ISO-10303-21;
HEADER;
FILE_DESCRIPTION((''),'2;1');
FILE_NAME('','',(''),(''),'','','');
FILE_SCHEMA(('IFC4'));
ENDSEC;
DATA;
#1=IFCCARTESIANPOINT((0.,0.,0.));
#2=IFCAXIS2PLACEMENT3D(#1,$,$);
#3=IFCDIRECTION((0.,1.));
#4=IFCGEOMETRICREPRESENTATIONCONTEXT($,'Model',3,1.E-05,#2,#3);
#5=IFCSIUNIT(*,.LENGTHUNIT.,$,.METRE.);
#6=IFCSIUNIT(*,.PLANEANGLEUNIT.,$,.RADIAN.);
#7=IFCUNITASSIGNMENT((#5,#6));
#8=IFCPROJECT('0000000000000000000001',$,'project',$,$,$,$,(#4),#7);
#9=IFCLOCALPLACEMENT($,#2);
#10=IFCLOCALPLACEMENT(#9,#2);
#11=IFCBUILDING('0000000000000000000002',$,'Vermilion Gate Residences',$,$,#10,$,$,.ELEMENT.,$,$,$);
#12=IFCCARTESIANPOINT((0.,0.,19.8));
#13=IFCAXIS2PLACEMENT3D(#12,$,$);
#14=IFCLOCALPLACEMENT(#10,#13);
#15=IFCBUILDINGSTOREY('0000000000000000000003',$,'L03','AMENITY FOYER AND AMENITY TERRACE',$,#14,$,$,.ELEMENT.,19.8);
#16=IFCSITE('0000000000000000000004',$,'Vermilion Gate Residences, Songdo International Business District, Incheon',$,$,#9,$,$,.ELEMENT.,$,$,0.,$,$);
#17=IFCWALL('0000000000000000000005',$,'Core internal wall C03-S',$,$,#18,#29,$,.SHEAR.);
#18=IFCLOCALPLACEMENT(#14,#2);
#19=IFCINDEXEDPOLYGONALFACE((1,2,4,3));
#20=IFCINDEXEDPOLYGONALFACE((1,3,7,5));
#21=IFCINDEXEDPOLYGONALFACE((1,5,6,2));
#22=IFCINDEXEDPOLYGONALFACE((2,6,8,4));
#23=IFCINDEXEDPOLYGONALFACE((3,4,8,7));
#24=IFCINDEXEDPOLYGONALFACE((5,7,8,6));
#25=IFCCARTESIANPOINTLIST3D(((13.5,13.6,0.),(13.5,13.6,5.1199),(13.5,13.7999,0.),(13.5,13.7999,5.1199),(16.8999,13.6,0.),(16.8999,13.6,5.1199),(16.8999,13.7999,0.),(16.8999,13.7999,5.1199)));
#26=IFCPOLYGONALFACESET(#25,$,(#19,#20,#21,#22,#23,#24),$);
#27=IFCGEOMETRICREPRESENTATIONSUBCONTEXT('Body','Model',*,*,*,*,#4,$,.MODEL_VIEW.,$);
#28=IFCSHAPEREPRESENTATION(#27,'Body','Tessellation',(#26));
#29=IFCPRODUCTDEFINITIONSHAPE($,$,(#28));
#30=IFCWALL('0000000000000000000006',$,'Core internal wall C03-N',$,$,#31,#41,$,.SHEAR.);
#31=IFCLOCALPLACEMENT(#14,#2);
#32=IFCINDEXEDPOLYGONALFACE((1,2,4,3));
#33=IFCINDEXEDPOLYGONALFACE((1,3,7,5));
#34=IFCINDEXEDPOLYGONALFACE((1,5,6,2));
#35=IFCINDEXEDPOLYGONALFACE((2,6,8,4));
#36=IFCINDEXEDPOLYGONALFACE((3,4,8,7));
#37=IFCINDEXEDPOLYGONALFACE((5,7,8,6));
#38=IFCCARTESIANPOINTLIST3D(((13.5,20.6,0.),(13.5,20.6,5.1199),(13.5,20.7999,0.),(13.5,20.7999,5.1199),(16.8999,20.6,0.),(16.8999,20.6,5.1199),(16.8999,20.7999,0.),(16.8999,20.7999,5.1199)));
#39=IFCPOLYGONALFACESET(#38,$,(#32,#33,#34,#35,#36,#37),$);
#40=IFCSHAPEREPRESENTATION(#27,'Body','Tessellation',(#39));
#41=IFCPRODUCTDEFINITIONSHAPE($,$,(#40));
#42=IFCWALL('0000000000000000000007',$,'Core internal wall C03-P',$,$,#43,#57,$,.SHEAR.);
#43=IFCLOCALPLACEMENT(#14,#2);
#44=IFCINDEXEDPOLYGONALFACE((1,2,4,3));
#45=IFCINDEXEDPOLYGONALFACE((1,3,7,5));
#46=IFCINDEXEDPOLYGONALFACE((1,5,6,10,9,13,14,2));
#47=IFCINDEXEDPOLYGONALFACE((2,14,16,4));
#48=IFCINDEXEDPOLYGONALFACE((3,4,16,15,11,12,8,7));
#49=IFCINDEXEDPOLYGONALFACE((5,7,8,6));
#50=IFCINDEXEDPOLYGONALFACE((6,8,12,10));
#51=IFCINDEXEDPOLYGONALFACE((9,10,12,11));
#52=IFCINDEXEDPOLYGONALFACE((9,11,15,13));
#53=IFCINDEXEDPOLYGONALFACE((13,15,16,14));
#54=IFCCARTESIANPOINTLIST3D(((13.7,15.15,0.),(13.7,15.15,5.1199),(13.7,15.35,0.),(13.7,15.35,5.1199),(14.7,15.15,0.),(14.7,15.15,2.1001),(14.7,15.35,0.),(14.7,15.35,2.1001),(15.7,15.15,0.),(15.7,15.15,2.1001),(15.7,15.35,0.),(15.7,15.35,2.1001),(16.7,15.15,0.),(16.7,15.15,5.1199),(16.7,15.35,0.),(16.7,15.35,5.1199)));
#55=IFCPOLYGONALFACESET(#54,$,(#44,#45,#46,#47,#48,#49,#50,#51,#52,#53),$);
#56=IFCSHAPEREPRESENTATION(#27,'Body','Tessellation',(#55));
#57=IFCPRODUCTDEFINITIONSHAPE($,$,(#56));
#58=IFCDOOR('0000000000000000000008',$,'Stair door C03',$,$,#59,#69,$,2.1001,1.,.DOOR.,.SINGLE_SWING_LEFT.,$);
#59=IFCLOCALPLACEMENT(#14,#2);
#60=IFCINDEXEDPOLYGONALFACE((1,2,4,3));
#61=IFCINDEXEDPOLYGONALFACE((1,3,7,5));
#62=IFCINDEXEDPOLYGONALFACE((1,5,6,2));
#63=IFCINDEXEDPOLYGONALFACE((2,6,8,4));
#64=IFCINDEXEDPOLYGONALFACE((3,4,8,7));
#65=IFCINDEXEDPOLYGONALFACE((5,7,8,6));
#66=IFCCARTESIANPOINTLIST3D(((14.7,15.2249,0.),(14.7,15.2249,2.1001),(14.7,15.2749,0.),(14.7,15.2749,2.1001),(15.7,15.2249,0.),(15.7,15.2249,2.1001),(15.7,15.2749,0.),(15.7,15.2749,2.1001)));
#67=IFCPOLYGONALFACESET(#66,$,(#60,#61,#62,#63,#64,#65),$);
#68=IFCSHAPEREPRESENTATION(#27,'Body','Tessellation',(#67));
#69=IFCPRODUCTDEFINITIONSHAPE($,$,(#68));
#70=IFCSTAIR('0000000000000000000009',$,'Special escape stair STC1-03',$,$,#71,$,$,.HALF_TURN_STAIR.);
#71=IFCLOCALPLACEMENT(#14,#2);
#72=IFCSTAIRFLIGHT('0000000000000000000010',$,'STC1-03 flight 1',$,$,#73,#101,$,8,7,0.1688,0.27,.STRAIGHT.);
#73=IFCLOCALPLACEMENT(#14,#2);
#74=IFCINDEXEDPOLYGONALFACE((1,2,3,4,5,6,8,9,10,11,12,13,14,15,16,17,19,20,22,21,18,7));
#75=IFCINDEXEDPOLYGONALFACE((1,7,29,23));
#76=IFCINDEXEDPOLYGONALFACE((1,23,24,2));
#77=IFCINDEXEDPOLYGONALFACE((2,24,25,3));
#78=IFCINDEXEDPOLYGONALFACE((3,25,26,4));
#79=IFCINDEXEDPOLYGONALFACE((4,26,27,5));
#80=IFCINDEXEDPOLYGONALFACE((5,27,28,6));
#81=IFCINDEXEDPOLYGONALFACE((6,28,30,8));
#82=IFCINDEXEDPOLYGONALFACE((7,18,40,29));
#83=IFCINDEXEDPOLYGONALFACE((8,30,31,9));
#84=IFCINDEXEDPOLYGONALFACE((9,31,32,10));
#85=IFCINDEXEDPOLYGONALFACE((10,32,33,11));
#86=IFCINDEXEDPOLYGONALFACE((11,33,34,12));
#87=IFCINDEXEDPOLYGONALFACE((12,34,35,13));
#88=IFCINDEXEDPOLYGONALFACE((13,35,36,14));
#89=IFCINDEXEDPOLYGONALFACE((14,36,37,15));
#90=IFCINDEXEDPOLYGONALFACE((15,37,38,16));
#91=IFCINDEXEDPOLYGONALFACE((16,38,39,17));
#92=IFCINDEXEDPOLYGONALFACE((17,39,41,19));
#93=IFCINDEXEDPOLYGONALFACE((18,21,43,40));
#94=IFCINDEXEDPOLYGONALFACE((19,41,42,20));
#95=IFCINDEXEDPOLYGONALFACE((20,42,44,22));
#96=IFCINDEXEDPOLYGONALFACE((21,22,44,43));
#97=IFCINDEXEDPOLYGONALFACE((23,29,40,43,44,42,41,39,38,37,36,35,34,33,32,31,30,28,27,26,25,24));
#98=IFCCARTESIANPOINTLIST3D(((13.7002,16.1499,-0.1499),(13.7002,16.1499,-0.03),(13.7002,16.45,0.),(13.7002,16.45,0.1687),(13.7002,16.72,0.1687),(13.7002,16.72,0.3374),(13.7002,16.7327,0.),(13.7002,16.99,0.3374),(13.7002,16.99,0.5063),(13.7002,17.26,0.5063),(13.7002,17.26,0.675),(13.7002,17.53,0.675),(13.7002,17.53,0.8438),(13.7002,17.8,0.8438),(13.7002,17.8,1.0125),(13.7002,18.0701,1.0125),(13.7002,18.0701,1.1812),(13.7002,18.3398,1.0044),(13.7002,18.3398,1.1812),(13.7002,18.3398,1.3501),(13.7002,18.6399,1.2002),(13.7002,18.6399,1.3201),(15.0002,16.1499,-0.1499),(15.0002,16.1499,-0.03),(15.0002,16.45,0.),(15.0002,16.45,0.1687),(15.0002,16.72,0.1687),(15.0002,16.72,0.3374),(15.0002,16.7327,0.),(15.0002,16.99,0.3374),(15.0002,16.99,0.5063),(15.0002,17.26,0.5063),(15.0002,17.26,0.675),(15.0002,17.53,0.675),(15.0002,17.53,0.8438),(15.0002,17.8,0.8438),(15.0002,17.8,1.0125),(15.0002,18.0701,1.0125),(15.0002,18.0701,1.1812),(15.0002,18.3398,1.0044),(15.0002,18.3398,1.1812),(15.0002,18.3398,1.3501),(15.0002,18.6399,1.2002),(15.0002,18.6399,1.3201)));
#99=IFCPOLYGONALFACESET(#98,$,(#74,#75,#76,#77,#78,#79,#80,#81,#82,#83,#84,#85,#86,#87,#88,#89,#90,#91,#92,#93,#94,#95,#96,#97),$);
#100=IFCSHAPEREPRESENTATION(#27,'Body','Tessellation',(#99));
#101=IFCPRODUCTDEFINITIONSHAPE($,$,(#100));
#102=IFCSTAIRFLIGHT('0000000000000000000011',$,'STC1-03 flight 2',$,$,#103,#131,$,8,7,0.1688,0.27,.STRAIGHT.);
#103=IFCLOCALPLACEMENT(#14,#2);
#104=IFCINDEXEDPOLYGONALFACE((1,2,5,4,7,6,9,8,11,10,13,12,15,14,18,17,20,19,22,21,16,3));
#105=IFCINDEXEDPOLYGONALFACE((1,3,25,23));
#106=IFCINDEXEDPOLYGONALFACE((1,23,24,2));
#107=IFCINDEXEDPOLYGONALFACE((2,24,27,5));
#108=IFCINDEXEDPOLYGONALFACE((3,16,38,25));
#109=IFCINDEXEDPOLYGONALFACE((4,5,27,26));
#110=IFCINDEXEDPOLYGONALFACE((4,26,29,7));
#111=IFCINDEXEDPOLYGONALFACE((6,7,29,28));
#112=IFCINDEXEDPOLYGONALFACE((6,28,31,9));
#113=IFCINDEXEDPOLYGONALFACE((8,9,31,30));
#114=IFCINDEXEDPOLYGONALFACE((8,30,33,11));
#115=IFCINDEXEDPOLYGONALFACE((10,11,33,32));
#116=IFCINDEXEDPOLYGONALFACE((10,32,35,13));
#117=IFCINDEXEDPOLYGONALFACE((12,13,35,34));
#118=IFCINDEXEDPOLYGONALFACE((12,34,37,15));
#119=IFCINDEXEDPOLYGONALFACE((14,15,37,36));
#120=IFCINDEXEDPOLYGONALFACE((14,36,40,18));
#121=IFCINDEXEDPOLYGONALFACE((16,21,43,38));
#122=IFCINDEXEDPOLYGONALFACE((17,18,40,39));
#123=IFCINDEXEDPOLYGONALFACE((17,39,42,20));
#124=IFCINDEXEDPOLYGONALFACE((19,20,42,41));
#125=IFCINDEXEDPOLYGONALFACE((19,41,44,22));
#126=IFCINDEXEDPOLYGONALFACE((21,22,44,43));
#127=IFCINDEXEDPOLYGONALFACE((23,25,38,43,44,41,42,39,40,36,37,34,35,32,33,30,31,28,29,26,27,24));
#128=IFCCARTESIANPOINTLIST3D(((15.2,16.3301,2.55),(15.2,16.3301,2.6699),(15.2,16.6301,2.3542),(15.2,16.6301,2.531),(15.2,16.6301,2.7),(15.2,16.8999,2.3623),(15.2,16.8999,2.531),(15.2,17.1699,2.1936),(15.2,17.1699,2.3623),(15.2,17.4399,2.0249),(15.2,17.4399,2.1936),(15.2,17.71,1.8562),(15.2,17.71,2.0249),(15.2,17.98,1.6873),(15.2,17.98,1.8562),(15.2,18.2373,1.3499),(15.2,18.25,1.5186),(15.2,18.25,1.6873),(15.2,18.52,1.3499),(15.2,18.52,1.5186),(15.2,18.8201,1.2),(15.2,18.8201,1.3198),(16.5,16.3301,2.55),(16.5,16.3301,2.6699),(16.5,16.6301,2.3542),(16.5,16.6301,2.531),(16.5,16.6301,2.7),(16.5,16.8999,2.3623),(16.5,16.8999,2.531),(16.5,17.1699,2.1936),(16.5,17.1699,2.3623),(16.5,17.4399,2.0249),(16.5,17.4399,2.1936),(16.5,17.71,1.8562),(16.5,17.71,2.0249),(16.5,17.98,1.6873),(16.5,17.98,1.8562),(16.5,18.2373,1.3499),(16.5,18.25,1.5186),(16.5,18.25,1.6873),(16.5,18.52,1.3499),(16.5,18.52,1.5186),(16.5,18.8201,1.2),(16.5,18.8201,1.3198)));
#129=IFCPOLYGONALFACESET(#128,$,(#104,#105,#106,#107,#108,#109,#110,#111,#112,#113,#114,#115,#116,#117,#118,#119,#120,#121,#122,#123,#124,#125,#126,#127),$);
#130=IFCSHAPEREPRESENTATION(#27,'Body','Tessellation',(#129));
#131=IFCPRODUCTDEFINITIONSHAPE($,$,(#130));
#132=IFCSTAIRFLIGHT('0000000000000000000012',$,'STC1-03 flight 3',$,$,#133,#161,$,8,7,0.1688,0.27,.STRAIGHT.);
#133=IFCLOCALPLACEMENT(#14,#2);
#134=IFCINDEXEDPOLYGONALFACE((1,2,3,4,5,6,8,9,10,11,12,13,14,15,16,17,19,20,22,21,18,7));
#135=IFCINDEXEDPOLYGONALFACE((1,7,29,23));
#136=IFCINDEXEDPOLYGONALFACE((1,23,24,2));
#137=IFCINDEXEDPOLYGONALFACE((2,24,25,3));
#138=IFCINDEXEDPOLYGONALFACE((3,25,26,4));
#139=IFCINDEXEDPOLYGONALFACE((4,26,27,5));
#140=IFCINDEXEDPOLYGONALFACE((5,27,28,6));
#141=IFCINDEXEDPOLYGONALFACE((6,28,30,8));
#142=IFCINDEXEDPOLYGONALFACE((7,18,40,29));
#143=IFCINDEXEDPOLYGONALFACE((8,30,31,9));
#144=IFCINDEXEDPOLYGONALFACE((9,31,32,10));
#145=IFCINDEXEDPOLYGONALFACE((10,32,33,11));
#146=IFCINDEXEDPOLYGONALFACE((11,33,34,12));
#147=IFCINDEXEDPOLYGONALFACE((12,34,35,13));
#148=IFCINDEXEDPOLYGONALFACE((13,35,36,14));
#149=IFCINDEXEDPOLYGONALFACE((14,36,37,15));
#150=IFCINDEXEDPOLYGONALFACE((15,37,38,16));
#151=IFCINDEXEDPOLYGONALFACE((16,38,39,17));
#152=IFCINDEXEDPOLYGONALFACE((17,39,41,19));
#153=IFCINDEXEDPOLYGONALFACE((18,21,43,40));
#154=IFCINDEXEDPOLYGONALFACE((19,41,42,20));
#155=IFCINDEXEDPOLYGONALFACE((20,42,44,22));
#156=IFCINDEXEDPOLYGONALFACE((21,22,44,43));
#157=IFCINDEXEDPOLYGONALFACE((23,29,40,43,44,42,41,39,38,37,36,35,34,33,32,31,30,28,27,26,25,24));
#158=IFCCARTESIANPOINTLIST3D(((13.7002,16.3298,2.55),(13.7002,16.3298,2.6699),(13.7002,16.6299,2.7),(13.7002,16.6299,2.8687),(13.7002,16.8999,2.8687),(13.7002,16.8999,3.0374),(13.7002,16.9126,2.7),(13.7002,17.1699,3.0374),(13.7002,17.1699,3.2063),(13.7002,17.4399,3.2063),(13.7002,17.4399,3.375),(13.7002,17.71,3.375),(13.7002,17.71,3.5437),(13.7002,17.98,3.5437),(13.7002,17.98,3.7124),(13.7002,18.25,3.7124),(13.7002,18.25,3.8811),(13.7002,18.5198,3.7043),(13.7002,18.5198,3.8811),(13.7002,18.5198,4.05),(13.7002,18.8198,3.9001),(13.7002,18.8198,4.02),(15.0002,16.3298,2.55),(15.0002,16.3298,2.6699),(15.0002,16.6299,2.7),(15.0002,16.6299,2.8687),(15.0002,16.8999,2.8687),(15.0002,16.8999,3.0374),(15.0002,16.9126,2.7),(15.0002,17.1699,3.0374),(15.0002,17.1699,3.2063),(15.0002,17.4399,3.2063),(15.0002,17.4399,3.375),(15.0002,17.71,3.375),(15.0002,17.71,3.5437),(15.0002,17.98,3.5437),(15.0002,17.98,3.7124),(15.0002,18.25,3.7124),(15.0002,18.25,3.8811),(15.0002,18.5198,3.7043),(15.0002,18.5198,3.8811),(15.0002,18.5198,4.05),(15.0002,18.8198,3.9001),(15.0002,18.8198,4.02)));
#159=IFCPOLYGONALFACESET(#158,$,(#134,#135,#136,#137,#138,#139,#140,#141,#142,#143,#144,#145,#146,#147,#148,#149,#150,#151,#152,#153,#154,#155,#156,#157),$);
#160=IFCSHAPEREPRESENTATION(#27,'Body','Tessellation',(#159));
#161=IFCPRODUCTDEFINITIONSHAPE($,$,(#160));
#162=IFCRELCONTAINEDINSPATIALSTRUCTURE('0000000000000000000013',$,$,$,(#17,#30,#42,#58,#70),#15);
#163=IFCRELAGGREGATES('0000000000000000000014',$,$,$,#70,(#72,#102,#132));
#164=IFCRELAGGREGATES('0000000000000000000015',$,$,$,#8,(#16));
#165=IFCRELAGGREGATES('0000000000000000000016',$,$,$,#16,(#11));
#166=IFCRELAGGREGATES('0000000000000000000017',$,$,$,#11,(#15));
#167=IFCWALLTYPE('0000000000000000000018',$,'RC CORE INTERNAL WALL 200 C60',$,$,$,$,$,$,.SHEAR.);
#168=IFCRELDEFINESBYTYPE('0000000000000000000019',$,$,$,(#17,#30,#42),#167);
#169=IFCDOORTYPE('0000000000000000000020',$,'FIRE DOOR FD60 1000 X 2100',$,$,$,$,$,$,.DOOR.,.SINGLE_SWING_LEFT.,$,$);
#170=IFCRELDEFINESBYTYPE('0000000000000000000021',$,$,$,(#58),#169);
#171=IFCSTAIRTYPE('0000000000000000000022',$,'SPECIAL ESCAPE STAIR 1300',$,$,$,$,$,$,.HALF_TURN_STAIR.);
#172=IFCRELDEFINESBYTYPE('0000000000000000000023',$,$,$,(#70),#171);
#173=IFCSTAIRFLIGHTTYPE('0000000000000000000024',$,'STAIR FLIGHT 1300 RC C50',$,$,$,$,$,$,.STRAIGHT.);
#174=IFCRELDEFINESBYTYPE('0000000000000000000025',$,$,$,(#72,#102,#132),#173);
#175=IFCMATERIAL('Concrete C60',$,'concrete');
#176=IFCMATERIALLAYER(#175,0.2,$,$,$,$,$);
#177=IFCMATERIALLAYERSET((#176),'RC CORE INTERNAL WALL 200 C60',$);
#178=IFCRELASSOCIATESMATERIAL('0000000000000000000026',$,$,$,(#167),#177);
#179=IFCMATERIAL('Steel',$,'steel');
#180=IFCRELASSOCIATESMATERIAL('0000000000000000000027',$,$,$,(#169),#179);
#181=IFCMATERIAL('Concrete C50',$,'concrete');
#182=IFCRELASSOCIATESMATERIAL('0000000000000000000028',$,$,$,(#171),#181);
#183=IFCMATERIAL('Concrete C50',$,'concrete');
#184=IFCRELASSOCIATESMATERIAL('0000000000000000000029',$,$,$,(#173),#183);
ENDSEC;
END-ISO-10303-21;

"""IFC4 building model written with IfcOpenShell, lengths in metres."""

from ifc_helpers import new_model, si_unit, direction, frame, frame_2d, origin, place, context, subcontext, project, spatial, polyline, rectangle, outline, extrude, material, layer, layer_set, type_object, element, fill, aggregate, save


model = new_model("IFC4")

# Units and contexts
model_context = context("Model", 3, precision=1e-05, world=origin(), true_north=direction((0.0, 1.0)))
body_context = subcontext(model_context, "Body", "Model", "MODEL_VIEW")
ifc_project = project(units=[si_unit("LENGTHUNIT", "METRE"), si_unit("PLANEANGLEUNIT", "RADIAN")], contexts=[model_context])

# Site, building, storey
site_placement = place(None, origin())
site = spatial("IfcSite", under=ifc_project, at=site_placement, Name="Vermilion Gate Residences, Songdo International Business District, Incheon", CompositionType="ELEMENT", RefElevation=0.0)
building_placement = place(site_placement, origin())
building = spatial("IfcBuilding", under=site, at=building_placement, Name="Vermilion Gate Residences", CompositionType="ELEMENT")
storey_placement = place(building_placement, frame((0.0, 0.0, 19.8)))
storey = spatial("IfcBuildingStorey", under=building, at=storey_placement, Name="L03", Description="AMENITY FOYER AND AMENITY TERRACE", CompositionType="ELEMENT", Elevation=19.8)

# Shared definitions
ifc_material_1 = material(Name="Concrete C60", Category="concrete")
ifc_layer_1 = layer(ifc_material_1, 0.2)
ifc_layer_set_1 = layer_set([ifc_layer_1], Name="RC CORE INTERNAL WALL 200 C60")
wall_type_1 = type_object("IfcWallType", Name="RC CORE INTERNAL WALL 200 C60", PredefinedType="SHEAR", material=ifc_layer_set_1)
ifc_material_2 = material(Name="Steel", Category="steel")
door_type_1 = type_object("IfcDoorType", Name="FIRE DOOR FD60 1000 X 2100", OperationType="SINGLE_SWING_LEFT", PredefinedType="DOOR", material=ifc_material_2)

# Walls
for number, where, z_axis, x_axis, name in (
    (1, (13.5, 13.7, 0.0), (0.0, 0.0, 1.0), (1.0, 0.0, 0.0), "Core internal wall C03-S"),
    (2, (13.5, 20.7, 0.0), (0.0, 0.0, 1.0), (1.0, 0.0, 0.0), "Core internal wall C03-N"),
):
    element("IfcWall", number, at=place(storey_placement, frame(where, z_axis=z_axis, x_axis=x_axis)), inside=storey, type_object=wall_type_1, Name=name, PredefinedType="SHEAR", context=body_context, shape_type="SweptSolid", body=[
        extrude(rectangle(XDim=3.3999, YDim=0.2, at=frame_2d((1.7, 0.0))), origin(), (0.0, 0.0, 1.0), 5.1199),
    ])

# Wall, opening, door
wall_1_placement = place(storey_placement, frame((13.7, 15.25, 0.0), z_axis=(0.0, 0.0, 1.0), x_axis=(1.0, 0.0, 0.0)))
wall_1 = element("IfcWall", 3, at=wall_1_placement, inside=storey, type_object=wall_type_1, Name="Core internal wall C03-P", PredefinedType="SHEAR", context=body_context, shape_type="SweptSolid", body=[
    extrude(rectangle(XDim=3.0, YDim=0.2, at=frame_2d((1.5, 0.0))), origin(), (0.0, 0.0, 1.0), 5.1199),
])
opening_1_placement = place(wall_1_placement, frame((1.0, 0.0, 0.0)))
opening_1 = element("IfcOpeningElement", 4, at=opening_1_placement, cuts=wall_1, PredefinedType="OPENING", context=body_context, shape_type="SweptSolid", body=[
    extrude(rectangle(XDim=1.0, YDim=2.1001, at=frame_2d((0.5, 1.05))), frame((0.0, 0.1099, 0.0), z_axis=(0.0, -1.0, 0.0), x_axis=(1.0, 0.0, 0.0)), (0.0, 0.0, 1.0), 0.22),
])
door_1_placement = place(opening_1_placement, origin())
door_1 = element("IfcDoor", 5, at=door_1_placement, inside=storey, type_object=door_type_1, Name="Stair door C03", OperationType="SINGLE_SWING_LEFT", OverallHeight=2.1001, OverallWidth=1.0, PredefinedType="DOOR", context=body_context, shape_type="SweptSolid", body=[
    extrude(rectangle(XDim=1.0, YDim=2.1001, at=frame_2d((0.5, 1.05))), frame((0.0, 0.0249, 0.0), z_axis=(0.0, -1.0, 0.0), x_axis=(1.0, 0.0, 0.0)), (0.0, 0.0, 1.0), 0.05),
])
fill(opening_1, door_1)

# Stair, stair flights
ifc_material_3 = material(Name="Concrete C50", Category="concrete")
stair_type = type_object("IfcStairType", Name="SPECIAL ESCAPE STAIR 1300", PredefinedType="HALF_TURN_STAIR", material=ifc_material_3)
stair_placement = place(storey_placement, origin())
stair = element("IfcStair", 6, at=stair_placement, inside=storey, type_object=stair_type, Name="Special escape stair STC1-03", PredefinedType="HALF_TURN_STAIR")
ifc_material_4 = material(Name="Concrete C50", Category="concrete")
stair_flight_type = type_object("IfcStairFlightType", Name="STAIR FLIGHT 1300 RC C50", PredefinedType="STRAIGHT", material=ifc_material_4)
stair_flight_1_placement = place(storey_placement, frame((14.3501, 16.45, 0.0), z_axis=(0.0, 0.0, 1.0), x_axis=(0.0, 1.0, 0.0)))
stair_flight_1 = element("IfcStairFlight", 7, at=stair_flight_1_placement, type_object=stair_flight_type, Name="STC1-03 flight 1", NumberOfRisers=8, NumberOfTreads=7, PredefinedType="STRAIGHT", RiserHeight=0.1688, TreadLength=0.27, context=body_context, shape_type="SweptSolid", body=[
    extrude(outline(polyline([(-0.3, -0.1499), (-0.3, -0.03), (0.0, 0.0), (0.0, 0.1687), (0.27, 0.1687), (0.27, 0.3374), (0.54, 0.3374), (0.54, 0.5063), (0.8101, 0.5063), (0.8101, 0.675), (1.0801, 0.675), (1.0801, 0.8438), (1.3501, 0.8438), (1.3501, 1.0125), (1.6201, 1.0125), (1.6201, 1.1812), (1.8899, 1.1812), (1.8899, 1.3501), (2.1899, 1.3201), (2.1899, 1.2002), (1.8899, 1.0044), (0.2827, 0.0), (-0.3, -0.1499)])), frame((0.0, 0.6499, 0.0), z_axis=(0.0, -1.0, 0.0), x_axis=(1.0, 0.0, 0.0)), (0.0, 0.0, 1.0), 1.3),
])
stair_flight_2_placement = place(storey_placement, frame((15.8501, 18.52, 1.3499), z_axis=(0.0, 0.0, 1.0), x_axis=(0.0, -1.0, 0.0)))
stair_flight_2 = element("IfcStairFlight", 8, at=stair_flight_2_placement, type_object=stair_flight_type, Name="STC1-03 flight 2", NumberOfRisers=8, NumberOfTreads=7, PredefinedType="STRAIGHT", RiserHeight=0.1688, TreadLength=0.27, context=body_context, shape_type="SweptSolid", body=[
    extrude(outline(polyline([(-0.3, -0.1499), (-0.3, -0.03), (0.0, 0.0), (0.0, 0.1687), (0.27, 0.1687), (0.27, 0.3374), (0.54, 0.3374), (0.54, 0.5063), (0.8101, 0.5063), (0.8101, 0.675), (1.0801, 0.675), (1.0801, 0.8438), (1.3501, 0.8438), (1.3501, 1.0125), (1.6201, 1.0125), (1.6201, 1.1812), (1.8899, 1.1812), (1.8899, 1.3501), (2.1899, 1.3201), (2.1899, 1.2002), (1.8899, 1.0044), (0.2827, 0.0), (-0.3, -0.1499)])), frame((0.0, 0.6499, 0.0), z_axis=(0.0, -1.0, 0.0), x_axis=(1.0, 0.0, 0.0)), (0.0, 0.0, 1.0), 1.3),
])
stair_flight_3_placement = place(storey_placement, frame((14.3501, 16.6299, 2.7), z_axis=(0.0, 0.0, 1.0), x_axis=(0.0, 1.0, 0.0)))
stair_flight_3 = element("IfcStairFlight", 9, at=stair_flight_3_placement, type_object=stair_flight_type, Name="STC1-03 flight 3", NumberOfRisers=8, NumberOfTreads=7, PredefinedType="STRAIGHT", RiserHeight=0.1688, TreadLength=0.27, context=body_context, shape_type="SweptSolid", body=[
    extrude(outline(polyline([(-0.3, -0.1499), (-0.3, -0.03), (0.0, 0.0), (0.0, 0.1687), (0.27, 0.1687), (0.27, 0.3374), (0.54, 0.3374), (0.54, 0.5063), (0.8101, 0.5063), (0.8101, 0.675), (1.0801, 0.675), (1.0801, 0.8438), (1.3501, 0.8438), (1.3501, 1.0125), (1.6201, 1.0125), (1.6201, 1.1812), (1.8899, 1.1812), (1.8899, 1.3501), (2.1899, 1.3201), (2.1899, 1.2002), (1.8899, 1.0044), (0.2827, 0.0), (-0.3, -0.1499)])), frame((0.0, 0.6499, 0.0), z_axis=(0.0, -1.0, 0.0), x_axis=(1.0, 0.0, 0.0)), (0.0, 0.0, 1.0), 1.3),
])
aggregate(stair, [stair_flight_1, stair_flight_2, stair_flight_3])

save(model, "model.ifc")
